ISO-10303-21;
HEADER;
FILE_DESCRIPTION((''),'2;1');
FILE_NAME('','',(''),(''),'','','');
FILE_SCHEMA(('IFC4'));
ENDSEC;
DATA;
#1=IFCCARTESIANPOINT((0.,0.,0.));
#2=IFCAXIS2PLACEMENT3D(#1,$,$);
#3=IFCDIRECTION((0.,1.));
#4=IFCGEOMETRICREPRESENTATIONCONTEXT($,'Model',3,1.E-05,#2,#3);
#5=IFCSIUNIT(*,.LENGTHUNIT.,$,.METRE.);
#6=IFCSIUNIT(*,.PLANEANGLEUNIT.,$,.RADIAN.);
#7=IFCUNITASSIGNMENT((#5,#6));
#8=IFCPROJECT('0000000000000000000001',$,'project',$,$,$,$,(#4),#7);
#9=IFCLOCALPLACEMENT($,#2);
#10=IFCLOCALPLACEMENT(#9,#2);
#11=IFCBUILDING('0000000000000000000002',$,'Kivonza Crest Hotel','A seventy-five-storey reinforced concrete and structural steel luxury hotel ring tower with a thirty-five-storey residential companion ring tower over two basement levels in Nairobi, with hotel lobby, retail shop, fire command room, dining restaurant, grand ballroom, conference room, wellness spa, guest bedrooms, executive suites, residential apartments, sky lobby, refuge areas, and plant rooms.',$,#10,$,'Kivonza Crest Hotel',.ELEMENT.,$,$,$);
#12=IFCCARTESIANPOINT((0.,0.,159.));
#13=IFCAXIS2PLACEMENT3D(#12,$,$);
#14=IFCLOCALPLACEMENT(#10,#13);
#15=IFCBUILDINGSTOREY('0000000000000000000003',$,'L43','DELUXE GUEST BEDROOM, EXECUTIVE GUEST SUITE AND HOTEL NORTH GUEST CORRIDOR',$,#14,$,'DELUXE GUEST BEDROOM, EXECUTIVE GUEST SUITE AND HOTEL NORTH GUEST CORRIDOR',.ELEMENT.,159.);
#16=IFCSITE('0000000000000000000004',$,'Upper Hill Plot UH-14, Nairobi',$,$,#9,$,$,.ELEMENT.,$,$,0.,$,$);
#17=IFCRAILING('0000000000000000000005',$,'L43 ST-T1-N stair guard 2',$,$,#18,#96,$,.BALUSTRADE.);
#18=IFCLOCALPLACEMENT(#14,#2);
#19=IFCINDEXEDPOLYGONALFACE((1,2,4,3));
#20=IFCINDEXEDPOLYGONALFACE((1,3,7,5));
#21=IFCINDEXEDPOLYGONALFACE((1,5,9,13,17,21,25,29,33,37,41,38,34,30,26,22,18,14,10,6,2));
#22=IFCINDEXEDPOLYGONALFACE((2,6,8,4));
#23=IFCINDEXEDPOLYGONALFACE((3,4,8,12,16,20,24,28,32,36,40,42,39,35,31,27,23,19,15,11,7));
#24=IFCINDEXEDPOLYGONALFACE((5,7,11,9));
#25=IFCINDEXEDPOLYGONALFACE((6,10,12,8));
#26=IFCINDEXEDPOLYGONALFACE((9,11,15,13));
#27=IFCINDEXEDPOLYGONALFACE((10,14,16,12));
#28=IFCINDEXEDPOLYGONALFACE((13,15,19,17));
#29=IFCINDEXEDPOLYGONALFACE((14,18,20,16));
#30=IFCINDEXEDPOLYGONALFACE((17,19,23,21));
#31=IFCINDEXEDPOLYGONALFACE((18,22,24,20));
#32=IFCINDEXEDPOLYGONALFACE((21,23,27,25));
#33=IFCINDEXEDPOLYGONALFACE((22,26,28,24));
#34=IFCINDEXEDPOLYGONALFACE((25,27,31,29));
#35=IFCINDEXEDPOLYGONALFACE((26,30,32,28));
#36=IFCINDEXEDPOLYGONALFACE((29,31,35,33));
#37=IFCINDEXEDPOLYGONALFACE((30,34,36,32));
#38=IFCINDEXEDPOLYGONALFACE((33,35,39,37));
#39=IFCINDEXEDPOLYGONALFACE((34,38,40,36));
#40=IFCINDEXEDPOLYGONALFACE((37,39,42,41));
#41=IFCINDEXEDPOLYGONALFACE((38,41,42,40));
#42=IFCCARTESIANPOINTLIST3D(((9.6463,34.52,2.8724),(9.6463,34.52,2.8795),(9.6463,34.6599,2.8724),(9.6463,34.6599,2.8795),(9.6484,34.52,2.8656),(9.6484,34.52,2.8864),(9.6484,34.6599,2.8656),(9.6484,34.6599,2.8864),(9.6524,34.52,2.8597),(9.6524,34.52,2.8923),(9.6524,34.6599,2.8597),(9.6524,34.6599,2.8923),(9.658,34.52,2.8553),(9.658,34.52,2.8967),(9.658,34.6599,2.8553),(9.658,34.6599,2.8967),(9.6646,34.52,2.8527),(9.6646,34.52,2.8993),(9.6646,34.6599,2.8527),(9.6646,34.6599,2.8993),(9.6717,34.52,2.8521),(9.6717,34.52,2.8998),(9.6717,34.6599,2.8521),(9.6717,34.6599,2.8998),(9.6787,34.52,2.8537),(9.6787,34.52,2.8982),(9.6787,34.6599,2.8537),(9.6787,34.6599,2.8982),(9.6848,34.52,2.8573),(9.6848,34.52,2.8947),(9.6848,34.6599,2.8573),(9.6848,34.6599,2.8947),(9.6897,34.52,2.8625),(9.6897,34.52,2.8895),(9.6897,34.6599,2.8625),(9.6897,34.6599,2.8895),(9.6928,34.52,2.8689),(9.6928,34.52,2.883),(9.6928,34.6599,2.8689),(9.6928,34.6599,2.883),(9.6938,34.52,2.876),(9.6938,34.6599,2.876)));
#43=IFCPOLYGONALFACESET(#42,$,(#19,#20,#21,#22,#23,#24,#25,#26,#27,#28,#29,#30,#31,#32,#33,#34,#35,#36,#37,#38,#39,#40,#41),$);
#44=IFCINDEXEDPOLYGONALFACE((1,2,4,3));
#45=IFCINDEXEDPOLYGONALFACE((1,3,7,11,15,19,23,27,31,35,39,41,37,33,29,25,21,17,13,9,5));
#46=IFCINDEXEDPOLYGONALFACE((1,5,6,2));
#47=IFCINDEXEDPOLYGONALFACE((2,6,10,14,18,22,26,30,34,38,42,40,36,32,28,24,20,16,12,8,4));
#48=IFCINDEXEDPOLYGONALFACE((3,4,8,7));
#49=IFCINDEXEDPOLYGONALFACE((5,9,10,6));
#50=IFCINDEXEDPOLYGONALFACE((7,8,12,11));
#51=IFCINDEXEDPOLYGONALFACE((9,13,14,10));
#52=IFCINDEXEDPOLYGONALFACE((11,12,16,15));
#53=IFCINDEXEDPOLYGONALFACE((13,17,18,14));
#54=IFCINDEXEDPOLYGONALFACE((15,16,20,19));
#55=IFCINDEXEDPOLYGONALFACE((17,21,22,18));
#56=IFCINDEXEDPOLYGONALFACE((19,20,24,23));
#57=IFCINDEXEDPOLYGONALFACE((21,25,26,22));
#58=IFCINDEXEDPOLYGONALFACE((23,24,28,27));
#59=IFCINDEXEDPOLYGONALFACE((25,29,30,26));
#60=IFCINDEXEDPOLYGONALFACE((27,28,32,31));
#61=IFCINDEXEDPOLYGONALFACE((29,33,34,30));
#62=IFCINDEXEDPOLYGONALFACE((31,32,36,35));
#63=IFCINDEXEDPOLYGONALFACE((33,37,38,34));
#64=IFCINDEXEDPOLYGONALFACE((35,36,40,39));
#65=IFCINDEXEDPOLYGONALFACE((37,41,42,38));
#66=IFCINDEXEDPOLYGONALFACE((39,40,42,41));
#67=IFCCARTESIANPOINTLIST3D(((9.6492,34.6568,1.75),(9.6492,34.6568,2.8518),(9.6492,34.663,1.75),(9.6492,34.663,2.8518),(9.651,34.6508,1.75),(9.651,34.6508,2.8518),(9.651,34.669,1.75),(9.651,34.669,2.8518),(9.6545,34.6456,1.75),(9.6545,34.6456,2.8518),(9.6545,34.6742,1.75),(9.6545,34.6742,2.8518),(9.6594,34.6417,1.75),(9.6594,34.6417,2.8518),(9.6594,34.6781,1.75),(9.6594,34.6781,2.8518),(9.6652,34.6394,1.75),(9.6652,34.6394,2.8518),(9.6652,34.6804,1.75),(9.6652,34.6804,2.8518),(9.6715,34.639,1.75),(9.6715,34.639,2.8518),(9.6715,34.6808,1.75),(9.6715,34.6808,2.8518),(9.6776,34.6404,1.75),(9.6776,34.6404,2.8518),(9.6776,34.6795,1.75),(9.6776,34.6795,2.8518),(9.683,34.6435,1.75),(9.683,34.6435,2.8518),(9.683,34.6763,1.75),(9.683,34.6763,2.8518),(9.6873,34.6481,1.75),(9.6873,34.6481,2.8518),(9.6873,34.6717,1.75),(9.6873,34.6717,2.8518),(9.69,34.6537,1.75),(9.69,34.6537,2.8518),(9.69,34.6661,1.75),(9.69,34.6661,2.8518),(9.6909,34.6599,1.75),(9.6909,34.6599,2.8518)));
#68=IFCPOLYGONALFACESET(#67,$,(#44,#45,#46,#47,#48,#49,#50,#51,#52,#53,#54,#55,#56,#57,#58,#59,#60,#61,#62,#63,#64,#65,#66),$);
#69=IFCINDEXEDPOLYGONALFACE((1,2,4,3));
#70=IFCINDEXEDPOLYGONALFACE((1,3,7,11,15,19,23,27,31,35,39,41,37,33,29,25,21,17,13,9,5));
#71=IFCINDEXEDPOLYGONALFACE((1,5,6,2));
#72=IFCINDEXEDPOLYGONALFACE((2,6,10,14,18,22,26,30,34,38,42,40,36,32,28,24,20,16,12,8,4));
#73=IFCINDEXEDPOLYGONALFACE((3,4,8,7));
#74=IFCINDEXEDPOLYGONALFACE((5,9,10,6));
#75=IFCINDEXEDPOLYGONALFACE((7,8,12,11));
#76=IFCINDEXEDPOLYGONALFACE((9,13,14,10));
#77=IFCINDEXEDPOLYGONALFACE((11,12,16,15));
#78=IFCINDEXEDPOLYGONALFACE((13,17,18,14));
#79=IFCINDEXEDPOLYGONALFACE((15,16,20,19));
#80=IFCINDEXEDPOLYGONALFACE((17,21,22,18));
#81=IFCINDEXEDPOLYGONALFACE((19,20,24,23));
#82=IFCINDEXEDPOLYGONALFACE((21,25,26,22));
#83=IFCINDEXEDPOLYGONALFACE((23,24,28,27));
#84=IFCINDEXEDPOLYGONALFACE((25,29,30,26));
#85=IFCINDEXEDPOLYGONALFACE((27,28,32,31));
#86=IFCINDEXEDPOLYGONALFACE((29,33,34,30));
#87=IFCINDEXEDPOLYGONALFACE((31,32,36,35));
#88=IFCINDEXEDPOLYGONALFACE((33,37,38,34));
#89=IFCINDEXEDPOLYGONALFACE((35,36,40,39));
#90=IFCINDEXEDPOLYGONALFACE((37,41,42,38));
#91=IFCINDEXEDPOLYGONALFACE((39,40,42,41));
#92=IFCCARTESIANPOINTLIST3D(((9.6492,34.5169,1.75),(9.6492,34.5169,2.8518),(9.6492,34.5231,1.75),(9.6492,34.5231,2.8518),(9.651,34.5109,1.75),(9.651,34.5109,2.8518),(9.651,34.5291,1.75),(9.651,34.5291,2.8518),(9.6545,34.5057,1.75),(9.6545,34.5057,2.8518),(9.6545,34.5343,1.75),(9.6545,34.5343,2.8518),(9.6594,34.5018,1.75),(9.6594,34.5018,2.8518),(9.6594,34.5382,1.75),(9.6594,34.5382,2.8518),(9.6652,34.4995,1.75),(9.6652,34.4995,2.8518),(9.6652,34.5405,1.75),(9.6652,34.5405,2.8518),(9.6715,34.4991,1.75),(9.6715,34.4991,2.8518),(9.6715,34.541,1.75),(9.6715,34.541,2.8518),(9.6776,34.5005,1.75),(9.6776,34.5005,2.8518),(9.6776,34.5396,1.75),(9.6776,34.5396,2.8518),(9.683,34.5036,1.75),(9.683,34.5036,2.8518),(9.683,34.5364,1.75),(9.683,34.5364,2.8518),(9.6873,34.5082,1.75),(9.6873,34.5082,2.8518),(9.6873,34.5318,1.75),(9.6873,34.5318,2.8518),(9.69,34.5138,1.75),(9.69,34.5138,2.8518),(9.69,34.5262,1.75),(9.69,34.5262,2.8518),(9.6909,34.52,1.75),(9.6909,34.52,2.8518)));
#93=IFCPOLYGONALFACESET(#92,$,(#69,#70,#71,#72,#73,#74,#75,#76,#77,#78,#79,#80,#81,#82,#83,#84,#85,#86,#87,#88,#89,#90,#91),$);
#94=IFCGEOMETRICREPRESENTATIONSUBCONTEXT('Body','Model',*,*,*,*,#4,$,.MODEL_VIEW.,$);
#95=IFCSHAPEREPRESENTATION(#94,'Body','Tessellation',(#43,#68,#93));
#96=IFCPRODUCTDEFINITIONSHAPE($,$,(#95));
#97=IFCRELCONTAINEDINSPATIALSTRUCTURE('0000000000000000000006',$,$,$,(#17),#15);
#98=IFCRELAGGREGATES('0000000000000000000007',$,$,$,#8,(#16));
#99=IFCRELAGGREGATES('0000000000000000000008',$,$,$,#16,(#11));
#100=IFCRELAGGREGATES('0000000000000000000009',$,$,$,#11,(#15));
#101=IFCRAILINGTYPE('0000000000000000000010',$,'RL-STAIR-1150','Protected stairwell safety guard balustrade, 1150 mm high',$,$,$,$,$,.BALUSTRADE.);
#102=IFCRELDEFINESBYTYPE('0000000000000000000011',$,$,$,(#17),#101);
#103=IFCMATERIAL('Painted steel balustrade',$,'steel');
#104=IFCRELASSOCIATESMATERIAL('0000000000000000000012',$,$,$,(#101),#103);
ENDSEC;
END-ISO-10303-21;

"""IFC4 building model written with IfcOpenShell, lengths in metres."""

from ifc_helpers import new_model, si_unit, direction, frame, origin, origin_2d, place, context, subcontext, project, spatial, circle, extrude, material, type_object, element, save


model = new_model("IFC4")

# Units and contexts
model_context = context("Model", 3, precision=1e-05, world=origin(), true_north=direction((0.0, 1.0)))
body_context = subcontext(model_context, "Body", "Model", "MODEL_VIEW")
ifc_project = project(units=[si_unit("LENGTHUNIT", "METRE"), si_unit("PLANEANGLEUNIT", "RADIAN")], contexts=[model_context])

# Site, building, storey
site_placement = place(None, origin())
site = spatial("IfcSite", under=ifc_project, at=site_placement, Name="Upper Hill Plot UH-14, Nairobi", CompositionType="ELEMENT", RefElevation=0.0)
building_placement = place(site_placement, origin())
building = spatial("IfcBuilding", under=site, at=building_placement, Name="Kivonza Crest Hotel", Description="A seventy-five-storey reinforced concrete and structural steel luxury hotel ring tower with a thirty-five-storey residential companion ring tower over two basement levels in Nairobi, with hotel lobby, retail shop, fire command room, dining restaurant, grand ballroom, conference room, wellness spa, guest bedrooms, executive suites, residential apartments, sky lobby, refuge areas, and plant rooms.", LongName="Kivonza Crest Hotel", CompositionType="ELEMENT")
storey_placement = place(building_placement, frame((0.0, 0.0, 159.0)))
storey = spatial("IfcBuildingStorey", under=building, at=storey_placement, Name="L43", Description="DELUXE GUEST BEDROOM, EXECUTIVE GUEST SUITE AND HOTEL NORTH GUEST CORRIDOR", LongName="DELUXE GUEST BEDROOM, EXECUTIVE GUEST SUITE AND HOTEL NORTH GUEST CORRIDOR", CompositionType="ELEMENT", Elevation=159.0)

# Railing
ifc_material_1 = material(Name="Painted steel balustrade", Category="steel")
railing_type_1 = type_object("IfcRailingType", Name="RL-STAIR-1150", Description="Protected stairwell safety guard balustrade, 1150 mm high", PredefinedType="BALUSTRADE", material=ifc_material_1)
railing_1_placement = place(storey_placement, frame((9.6699, 34.6599, 1.75)))
element("IfcRailing", 1, at=railing_1_placement, inside=storey, type_object=railing_type_1, Name="L43 ST-T1-N stair guard 2", PredefinedType="BALUSTRADE", context=body_context, shape_type="SweptSolid", body=[
    extrude(circle(Radius=0.0239, at=origin_2d()), frame((0.0, 0.0, 1.126), z_axis=(0.0, -1.0, 0.0), x_axis=(1.0, 0.0, 0.0)), (0.0, 0.0, 1.0), 0.1399),
    extrude(circle(Radius=0.021, at=origin_2d()), origin(), (0.0, 0.0, 1.0), 1.1018),
    extrude(circle(Radius=0.021, at=origin_2d()), frame((0.0, -0.1399, 0.0)), (0.0, 0.0, 1.0), 1.1018),
])

save(model, "model.ifc")
